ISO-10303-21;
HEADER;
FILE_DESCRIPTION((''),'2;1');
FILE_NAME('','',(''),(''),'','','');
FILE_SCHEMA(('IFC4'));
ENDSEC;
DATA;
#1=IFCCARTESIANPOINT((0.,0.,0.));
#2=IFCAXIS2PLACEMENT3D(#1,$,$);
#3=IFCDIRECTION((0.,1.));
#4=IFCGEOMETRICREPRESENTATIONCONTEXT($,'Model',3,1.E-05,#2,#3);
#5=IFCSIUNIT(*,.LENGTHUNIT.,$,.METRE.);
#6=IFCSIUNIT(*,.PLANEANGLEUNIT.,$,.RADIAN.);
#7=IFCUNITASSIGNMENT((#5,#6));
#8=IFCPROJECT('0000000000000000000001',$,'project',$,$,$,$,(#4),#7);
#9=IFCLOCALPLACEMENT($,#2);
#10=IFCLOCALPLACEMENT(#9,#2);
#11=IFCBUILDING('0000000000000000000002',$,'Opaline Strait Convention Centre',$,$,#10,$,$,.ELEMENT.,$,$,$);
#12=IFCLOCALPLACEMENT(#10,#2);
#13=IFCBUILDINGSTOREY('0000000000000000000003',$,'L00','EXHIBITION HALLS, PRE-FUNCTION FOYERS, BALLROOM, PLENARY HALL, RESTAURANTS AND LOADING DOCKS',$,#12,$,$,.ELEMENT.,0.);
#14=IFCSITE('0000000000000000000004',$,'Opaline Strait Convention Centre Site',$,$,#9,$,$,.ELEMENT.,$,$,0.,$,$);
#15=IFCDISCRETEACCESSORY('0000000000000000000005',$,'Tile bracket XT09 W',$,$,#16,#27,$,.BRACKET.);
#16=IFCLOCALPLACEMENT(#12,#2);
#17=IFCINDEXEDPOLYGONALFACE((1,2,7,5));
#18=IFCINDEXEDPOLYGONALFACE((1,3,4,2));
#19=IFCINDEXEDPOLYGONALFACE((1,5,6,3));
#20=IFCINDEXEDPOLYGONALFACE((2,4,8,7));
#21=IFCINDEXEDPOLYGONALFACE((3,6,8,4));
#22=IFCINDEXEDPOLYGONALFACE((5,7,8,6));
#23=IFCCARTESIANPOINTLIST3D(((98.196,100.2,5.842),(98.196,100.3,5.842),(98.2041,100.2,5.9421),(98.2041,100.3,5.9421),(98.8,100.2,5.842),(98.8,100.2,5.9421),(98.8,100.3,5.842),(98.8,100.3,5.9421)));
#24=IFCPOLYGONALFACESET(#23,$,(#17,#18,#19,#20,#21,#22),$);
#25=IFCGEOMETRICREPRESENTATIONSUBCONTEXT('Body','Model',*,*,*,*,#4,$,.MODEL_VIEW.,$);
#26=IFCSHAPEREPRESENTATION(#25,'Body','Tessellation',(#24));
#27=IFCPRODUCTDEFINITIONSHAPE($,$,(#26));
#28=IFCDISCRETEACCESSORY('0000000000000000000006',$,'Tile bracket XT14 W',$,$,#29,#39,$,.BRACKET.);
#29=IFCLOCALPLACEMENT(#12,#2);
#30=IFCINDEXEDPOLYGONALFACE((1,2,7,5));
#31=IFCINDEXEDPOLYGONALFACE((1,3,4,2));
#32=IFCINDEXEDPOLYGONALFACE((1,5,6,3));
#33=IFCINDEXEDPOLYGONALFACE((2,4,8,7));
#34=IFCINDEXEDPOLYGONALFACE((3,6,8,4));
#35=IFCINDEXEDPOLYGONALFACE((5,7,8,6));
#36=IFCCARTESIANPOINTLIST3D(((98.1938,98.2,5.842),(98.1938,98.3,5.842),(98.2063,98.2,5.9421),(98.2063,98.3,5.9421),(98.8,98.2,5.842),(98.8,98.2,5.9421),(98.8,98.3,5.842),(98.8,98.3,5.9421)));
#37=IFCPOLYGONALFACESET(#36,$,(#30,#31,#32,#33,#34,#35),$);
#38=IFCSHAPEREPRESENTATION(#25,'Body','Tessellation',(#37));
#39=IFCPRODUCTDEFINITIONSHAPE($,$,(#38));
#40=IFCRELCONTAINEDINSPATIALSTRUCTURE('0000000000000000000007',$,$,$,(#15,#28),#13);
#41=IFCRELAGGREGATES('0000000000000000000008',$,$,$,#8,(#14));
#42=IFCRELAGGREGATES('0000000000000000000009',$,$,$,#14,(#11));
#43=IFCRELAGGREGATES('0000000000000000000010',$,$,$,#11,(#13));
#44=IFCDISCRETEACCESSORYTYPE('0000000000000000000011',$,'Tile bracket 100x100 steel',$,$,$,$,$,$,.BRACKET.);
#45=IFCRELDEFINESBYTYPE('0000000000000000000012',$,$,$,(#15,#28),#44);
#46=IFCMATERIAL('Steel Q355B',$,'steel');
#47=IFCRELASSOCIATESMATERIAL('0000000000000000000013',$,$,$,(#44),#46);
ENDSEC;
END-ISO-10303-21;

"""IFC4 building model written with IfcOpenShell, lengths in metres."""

from ifc_helpers import new_model, si_unit, direction, frame, origin, place, context, subcontext, project, spatial, polyline, outline, extrude, material, type_object, element, save


model = new_model("IFC4")

# Units and contexts
model_context = context("Model", 3, precision=1e-05, world=origin(), true_north=direction((0.0, 1.0)))
body_context = subcontext(model_context, "Body", "Model", "MODEL_VIEW")
ifc_project = project(units=[si_unit("LENGTHUNIT", "METRE"), si_unit("PLANEANGLEUNIT", "RADIAN")], contexts=[model_context])

# Site, building, storey
site_placement = place(None, origin())
site = spatial("IfcSite", under=ifc_project, at=site_placement, Name="Opaline Strait Convention Centre Site", CompositionType="ELEMENT", RefElevation=0.0)
building_placement = place(site_placement, origin())
building = spatial("IfcBuilding", under=site, at=building_placement, Name="Opaline Strait Convention Centre", CompositionType="ELEMENT")
storey_placement = place(building_placement, origin())
storey = spatial("IfcBuildingStorey", under=building, at=storey_placement, Name="L00", Description="EXHIBITION HALLS, PRE-FUNCTION FOYERS, BALLROOM, PLENARY HALL, RESTAURANTS AND LOADING DOCKS", CompositionType="ELEMENT", Elevation=0.0)

# Shared definitions
ifc_material_1 = material(Name="Steel Q355B", Category="steel")

# Discrete accessories
discrete_accessory_type = type_object("IfcDiscreteAccessoryType", Name="Tile bracket 100x100 steel", PredefinedType="BRACKET", material=ifc_material_1)
discrete_accessory_1_placement = place(storey_placement, frame((98.8, 100.3, 5.8921), z_axis=(0.0, -1.0, 0.0), x_axis=(1.0, 0.0, 0.0)))
element("IfcDiscreteAccessory", 1, at=discrete_accessory_1_placement, inside=storey, type_object=discrete_accessory_type, Name="Tile bracket XT09 W", PredefinedType="BRACKET", context=body_context, shape_type="SweptSolid", body=[
    extrude(outline(polyline([(0.0, -0.05), (0.0, 0.05), (-0.5959, 0.05), (-0.604, -0.05), (0.0, -0.05)])), origin(), (0.0, 0.0, 1.0), 0.1001),
])
discrete_accessory_2_placement = place(storey_placement, frame((98.8, 98.3, 5.8921), z_axis=(0.0, -1.0, 0.0), x_axis=(1.0, 0.0, 0.0)))
element("IfcDiscreteAccessory", 2, at=discrete_accessory_2_placement, inside=storey, type_object=discrete_accessory_type, Name="Tile bracket XT14 W", PredefinedType="BRACKET", context=body_context, shape_type="SweptSolid", body=[
    extrude(outline(polyline([(0.0, -0.05), (0.0, 0.05), (-0.5938, 0.05), (-0.6062, -0.05), (0.0, -0.05)])), origin(), (0.0, 0.0, 1.0), 0.1001),
])

save(model, "model.ifc")
